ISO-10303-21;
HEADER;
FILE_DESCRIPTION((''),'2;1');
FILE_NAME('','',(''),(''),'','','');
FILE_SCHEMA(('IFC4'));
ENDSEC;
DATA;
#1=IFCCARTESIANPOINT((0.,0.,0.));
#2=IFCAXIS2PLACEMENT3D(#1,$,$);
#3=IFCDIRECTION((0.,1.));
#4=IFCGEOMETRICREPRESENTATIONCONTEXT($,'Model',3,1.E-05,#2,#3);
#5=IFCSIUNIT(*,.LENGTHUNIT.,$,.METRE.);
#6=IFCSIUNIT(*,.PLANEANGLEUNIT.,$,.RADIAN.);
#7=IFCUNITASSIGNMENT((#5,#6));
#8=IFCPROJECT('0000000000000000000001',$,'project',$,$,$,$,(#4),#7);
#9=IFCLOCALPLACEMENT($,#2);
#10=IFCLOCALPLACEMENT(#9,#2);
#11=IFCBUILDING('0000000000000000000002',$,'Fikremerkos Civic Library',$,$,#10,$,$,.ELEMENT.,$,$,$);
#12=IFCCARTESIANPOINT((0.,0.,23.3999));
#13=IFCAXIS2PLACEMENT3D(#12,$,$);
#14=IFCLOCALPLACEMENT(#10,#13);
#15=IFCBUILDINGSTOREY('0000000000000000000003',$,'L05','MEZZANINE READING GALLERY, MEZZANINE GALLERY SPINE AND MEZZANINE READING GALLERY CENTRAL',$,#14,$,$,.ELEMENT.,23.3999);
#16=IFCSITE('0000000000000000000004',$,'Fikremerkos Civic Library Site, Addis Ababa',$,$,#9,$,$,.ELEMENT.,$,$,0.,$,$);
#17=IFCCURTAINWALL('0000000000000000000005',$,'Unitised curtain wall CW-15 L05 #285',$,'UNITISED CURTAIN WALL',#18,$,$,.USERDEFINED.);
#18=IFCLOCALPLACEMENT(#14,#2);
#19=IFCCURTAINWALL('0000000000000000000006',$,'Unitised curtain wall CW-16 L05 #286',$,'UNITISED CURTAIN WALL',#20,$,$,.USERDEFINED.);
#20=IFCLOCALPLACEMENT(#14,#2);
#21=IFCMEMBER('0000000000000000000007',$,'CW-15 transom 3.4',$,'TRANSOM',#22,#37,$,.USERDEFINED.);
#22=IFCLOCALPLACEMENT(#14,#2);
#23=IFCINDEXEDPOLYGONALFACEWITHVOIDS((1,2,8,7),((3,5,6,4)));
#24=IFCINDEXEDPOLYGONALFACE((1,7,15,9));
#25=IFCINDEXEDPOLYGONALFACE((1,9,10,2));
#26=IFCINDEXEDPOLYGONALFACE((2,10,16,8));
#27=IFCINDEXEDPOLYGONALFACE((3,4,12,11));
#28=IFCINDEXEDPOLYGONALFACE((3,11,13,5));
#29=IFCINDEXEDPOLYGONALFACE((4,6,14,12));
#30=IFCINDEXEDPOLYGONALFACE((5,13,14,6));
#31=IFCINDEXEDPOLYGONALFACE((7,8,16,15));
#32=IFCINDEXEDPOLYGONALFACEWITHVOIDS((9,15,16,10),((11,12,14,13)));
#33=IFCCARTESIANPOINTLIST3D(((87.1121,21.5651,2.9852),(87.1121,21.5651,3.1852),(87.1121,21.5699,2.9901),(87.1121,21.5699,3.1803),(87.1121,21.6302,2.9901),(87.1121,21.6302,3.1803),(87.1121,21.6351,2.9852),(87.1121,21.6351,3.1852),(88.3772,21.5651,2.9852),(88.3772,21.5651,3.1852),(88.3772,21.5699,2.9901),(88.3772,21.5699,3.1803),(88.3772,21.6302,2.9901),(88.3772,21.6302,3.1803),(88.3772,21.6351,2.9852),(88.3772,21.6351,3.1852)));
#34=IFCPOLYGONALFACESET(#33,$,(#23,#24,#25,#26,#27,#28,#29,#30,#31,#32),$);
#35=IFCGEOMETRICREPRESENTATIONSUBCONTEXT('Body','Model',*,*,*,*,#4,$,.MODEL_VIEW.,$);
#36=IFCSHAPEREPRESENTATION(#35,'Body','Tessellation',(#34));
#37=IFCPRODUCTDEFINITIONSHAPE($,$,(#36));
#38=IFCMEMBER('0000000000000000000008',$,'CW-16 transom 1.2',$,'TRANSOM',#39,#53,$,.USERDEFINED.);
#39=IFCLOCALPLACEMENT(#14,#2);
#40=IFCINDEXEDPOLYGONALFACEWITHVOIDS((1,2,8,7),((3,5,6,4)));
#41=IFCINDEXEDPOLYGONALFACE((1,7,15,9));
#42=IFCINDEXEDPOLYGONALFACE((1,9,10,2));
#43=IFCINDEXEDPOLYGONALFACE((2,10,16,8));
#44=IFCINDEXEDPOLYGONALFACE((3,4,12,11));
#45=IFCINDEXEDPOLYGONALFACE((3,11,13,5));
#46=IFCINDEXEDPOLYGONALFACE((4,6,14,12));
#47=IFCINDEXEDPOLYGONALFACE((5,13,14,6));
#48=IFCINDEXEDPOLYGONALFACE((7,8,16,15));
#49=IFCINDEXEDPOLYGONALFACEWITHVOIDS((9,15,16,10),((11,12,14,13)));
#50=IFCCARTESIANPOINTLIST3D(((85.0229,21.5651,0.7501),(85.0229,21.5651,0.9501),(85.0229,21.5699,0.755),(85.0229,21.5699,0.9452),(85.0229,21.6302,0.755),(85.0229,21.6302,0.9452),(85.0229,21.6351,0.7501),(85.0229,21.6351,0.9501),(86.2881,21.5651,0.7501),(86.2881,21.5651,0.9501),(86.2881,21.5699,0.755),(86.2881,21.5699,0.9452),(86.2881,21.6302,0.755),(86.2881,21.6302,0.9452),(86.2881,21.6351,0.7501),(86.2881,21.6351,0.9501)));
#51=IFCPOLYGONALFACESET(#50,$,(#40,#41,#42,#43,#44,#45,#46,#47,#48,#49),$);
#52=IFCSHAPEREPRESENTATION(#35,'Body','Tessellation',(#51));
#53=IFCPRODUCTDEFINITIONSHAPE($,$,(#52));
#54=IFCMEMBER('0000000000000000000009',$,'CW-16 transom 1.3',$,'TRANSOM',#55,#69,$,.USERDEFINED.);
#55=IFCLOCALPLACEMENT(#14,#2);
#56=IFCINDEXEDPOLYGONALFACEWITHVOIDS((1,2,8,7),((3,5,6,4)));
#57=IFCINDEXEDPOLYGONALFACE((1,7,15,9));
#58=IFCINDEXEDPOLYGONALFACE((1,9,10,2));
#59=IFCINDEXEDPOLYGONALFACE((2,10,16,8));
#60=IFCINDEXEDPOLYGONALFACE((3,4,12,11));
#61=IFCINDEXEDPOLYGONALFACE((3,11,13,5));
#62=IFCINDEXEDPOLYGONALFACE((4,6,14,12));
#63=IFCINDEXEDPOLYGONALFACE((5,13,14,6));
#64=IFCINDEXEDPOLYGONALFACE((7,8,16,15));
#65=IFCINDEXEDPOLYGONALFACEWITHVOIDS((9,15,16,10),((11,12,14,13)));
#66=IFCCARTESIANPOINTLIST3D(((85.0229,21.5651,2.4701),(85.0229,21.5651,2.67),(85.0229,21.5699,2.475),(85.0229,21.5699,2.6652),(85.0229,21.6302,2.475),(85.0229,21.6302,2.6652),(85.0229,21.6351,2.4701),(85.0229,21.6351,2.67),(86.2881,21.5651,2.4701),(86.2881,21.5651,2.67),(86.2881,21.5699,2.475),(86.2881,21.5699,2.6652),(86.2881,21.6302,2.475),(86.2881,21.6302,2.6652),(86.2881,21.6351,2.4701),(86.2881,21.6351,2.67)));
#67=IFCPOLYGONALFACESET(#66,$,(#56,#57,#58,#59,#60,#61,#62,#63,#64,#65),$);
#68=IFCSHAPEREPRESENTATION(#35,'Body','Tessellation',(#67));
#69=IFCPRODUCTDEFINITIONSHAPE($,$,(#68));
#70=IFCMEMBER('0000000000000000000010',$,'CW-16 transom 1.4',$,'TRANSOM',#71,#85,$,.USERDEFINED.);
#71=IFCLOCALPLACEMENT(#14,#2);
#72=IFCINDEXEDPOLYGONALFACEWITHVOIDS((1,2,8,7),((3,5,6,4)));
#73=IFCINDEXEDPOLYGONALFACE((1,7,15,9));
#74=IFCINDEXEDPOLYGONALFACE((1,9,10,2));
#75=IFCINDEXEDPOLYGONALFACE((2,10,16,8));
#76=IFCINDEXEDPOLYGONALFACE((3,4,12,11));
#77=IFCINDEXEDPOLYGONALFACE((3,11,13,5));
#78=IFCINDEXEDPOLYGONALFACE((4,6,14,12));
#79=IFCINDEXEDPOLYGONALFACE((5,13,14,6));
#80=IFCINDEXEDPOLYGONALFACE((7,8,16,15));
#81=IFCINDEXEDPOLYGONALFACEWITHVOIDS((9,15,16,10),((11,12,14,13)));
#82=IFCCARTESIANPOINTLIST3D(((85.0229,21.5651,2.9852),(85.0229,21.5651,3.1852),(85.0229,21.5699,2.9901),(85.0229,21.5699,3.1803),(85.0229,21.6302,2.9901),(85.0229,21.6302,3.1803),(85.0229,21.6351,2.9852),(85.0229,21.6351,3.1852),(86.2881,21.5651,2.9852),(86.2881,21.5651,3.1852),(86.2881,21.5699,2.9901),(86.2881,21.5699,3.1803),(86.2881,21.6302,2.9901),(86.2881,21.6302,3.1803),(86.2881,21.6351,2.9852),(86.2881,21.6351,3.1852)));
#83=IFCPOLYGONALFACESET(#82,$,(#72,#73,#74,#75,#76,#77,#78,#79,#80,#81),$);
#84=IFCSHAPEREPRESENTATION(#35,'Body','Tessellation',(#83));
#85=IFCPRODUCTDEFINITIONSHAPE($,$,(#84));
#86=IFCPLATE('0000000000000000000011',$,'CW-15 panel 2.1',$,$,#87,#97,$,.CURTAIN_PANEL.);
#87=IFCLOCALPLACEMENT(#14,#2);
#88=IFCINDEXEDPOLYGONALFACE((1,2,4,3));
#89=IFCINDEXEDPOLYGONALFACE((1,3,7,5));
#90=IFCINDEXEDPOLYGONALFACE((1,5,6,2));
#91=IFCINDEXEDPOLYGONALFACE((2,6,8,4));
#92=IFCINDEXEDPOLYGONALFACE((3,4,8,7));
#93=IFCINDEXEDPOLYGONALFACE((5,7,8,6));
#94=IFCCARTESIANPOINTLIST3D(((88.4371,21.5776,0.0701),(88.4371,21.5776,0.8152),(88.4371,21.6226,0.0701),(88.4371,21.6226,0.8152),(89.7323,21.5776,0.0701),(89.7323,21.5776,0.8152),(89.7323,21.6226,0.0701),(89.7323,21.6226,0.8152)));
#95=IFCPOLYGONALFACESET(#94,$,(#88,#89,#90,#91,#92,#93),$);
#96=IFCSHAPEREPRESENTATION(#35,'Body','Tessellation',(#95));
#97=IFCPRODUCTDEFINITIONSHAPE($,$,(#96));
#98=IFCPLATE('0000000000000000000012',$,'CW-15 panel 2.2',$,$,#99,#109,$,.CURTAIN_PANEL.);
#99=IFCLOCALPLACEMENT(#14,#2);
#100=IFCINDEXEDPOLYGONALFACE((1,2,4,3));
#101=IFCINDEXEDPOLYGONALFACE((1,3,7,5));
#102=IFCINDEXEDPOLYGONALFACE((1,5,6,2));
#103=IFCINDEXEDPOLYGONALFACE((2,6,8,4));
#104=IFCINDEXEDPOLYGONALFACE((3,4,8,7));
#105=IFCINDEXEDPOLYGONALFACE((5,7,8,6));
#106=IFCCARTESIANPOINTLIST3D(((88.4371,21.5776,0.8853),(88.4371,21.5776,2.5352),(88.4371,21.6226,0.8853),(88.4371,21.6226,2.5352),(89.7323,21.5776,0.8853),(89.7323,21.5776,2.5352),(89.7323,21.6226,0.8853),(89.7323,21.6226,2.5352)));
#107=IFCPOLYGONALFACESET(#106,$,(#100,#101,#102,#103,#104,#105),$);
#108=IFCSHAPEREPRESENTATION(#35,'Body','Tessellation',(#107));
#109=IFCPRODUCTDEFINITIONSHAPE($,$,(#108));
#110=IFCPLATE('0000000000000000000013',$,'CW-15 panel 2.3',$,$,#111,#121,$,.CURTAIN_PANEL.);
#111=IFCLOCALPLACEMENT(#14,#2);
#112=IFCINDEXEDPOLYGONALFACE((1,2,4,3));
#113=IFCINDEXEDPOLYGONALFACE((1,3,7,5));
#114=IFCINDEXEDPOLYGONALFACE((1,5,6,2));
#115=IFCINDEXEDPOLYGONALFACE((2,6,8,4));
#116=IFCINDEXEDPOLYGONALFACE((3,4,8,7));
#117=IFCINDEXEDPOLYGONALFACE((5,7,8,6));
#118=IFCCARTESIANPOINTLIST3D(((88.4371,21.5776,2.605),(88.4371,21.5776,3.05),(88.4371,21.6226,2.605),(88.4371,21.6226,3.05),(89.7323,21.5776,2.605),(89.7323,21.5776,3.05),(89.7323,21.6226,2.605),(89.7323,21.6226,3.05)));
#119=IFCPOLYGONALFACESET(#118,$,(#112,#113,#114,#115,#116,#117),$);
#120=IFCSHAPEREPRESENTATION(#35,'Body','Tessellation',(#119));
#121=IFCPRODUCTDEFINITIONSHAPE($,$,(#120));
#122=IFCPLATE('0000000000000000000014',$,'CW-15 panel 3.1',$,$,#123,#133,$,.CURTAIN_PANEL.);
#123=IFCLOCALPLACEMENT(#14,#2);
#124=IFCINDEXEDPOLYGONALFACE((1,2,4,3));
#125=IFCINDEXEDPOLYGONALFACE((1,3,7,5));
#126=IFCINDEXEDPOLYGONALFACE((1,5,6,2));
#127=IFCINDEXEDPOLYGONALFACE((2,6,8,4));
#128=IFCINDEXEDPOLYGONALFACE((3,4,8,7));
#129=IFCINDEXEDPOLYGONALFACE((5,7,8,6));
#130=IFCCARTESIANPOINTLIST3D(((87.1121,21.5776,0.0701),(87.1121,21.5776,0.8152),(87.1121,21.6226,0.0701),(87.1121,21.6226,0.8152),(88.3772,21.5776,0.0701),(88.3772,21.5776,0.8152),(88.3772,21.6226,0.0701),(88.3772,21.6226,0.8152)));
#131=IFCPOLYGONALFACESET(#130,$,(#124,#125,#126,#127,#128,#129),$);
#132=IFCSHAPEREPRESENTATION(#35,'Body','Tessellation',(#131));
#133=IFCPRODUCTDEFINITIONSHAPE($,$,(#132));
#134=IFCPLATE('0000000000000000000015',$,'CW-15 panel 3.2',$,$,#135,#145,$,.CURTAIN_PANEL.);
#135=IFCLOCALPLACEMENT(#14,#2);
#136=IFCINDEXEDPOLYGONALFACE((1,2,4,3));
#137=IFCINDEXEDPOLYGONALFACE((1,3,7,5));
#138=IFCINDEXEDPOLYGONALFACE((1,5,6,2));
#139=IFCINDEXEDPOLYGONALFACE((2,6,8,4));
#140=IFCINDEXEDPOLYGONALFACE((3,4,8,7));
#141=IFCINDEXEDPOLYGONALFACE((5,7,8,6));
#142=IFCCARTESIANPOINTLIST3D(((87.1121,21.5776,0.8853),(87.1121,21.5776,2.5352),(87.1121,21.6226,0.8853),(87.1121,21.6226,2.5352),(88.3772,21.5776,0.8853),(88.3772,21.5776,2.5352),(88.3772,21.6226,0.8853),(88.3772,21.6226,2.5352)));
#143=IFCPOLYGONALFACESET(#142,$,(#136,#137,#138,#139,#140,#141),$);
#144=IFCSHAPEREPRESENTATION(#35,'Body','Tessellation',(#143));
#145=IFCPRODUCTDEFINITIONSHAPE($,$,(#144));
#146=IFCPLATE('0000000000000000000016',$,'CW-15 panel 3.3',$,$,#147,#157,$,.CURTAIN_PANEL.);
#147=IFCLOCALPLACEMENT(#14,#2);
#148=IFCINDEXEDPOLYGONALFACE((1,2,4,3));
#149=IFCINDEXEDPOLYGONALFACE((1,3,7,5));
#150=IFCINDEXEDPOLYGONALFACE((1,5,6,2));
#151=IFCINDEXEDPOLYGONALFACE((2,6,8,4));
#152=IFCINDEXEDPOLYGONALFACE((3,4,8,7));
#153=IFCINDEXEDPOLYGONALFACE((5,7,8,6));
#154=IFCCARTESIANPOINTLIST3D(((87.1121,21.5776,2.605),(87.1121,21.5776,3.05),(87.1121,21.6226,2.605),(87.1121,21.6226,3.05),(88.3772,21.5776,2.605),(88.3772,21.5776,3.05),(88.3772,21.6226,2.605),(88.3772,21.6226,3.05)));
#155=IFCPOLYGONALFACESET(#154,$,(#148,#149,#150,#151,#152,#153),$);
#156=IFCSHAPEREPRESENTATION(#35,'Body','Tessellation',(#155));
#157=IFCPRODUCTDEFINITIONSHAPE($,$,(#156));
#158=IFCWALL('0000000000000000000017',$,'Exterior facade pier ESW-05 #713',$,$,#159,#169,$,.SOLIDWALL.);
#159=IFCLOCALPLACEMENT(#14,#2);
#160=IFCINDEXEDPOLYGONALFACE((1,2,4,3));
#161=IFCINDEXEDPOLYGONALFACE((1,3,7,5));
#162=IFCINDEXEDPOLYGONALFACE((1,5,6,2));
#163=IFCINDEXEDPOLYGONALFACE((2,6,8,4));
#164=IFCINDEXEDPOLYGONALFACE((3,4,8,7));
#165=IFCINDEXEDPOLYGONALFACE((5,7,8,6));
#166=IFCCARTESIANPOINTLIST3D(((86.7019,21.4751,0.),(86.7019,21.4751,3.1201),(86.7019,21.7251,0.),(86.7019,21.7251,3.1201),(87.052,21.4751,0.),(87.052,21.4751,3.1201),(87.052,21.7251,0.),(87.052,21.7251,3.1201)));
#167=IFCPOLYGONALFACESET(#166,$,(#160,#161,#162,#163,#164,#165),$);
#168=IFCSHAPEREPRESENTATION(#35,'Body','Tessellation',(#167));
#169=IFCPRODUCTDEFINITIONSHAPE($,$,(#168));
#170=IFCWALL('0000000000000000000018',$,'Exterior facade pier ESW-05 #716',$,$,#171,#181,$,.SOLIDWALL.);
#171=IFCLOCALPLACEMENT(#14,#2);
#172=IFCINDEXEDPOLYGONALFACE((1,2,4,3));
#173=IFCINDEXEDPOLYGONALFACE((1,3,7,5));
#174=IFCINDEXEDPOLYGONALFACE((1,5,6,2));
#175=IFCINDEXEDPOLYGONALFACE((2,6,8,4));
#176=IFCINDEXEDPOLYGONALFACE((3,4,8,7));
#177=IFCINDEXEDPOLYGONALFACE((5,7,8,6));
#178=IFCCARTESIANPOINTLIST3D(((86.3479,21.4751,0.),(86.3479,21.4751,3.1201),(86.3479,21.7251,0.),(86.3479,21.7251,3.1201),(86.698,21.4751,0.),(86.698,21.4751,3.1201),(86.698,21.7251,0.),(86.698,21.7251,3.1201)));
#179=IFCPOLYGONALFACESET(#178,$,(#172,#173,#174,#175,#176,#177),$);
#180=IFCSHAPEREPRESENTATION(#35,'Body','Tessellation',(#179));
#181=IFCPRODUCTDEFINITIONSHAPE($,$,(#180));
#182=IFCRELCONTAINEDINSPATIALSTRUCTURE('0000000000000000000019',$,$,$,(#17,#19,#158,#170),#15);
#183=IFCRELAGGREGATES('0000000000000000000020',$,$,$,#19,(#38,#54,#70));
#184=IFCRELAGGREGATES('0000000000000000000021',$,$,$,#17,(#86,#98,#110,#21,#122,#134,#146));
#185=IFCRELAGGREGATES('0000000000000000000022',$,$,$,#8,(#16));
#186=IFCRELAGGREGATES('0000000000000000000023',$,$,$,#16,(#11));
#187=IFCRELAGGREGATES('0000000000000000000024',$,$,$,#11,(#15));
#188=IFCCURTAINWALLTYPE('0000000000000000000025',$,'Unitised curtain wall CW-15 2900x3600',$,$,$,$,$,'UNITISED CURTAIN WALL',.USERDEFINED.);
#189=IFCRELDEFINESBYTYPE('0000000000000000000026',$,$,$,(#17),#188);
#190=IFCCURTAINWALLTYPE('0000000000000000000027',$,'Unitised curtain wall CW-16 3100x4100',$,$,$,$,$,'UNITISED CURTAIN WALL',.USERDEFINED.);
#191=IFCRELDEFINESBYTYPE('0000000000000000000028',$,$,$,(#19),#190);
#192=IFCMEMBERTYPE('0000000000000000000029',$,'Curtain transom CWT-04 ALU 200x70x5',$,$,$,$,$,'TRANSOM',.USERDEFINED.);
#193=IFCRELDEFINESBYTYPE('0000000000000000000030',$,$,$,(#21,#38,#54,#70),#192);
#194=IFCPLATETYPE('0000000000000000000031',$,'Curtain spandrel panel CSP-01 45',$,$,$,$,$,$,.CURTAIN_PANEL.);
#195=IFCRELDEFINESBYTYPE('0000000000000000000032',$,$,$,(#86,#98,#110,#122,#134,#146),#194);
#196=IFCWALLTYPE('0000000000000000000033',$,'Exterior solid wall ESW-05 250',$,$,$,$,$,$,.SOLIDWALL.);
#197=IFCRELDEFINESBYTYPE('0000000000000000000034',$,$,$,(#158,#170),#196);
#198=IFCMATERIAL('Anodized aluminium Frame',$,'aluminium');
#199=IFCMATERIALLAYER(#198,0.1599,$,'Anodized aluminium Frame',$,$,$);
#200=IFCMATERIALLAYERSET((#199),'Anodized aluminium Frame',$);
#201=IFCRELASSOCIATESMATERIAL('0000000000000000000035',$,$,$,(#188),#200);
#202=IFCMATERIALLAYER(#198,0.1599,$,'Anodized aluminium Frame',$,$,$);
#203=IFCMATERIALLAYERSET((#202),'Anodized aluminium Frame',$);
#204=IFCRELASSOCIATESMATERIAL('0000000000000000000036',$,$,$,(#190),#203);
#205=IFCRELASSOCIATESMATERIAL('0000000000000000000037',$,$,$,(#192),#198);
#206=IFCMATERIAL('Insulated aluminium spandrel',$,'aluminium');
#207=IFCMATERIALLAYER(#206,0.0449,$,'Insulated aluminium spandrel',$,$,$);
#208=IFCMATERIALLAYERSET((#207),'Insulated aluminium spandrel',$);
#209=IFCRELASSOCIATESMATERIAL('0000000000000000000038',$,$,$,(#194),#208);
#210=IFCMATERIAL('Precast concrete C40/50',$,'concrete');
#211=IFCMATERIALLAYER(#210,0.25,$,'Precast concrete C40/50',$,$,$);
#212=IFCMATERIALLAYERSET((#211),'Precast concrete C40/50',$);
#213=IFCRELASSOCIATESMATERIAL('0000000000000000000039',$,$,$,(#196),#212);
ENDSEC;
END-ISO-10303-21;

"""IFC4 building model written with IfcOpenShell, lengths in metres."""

from ifc_helpers import new_model, si_unit, direction, frame, frame_2d, origin, origin_2d, place, context, subcontext, project, spatial, rectangle, hollow_rectangle, extrude, material, layer, layer_set, material_profile, profile_set, type_object, element, aggregate, save


model = new_model("IFC4")

# Units and contexts
model_context = context("Model", 3, precision=1e-05, world=origin(), true_north=direction((0.0, 1.0)))
body_context = subcontext(model_context, "Body", "Model", "MODEL_VIEW")
ifc_project = project(units=[si_unit("LENGTHUNIT", "METRE"), si_unit("PLANEANGLEUNIT", "RADIAN")], contexts=[model_context])

# Site, building, storey
site_placement = place(None, origin())
site = spatial("IfcSite", under=ifc_project, at=site_placement, Name="Fikremerkos Civic Library Site, Addis Ababa", CompositionType="ELEMENT", RefElevation=0.0)
building_placement = place(site_placement, origin())
building = spatial("IfcBuilding", under=site, at=building_placement, Name="Fikremerkos Civic Library", CompositionType="ELEMENT")
storey_placement = place(building_placement, frame((0.0, 0.0, 23.3999)))
storey = spatial("IfcBuildingStorey", under=building, at=storey_placement, Name="L05", Description="MEZZANINE READING GALLERY, MEZZANINE GALLERY SPINE AND MEZZANINE READING GALLERY CENTRAL", CompositionType="ELEMENT", Elevation=23.3999)

# Curtain wall
ifc_material_1 = material(Name="Anodized aluminium Frame", Category="aluminium")
ifc_layer_1 = layer(ifc_material_1, 0.1599, Name="Anodized aluminium Frame")
ifc_layer_set_1 = layer_set([ifc_layer_1], Name="Anodized aluminium Frame")
curtain_wall_type_1 = type_object("IfcCurtainWallType", Name="Unitised curtain wall CW-15 2900x3600", ElementType="UNITISED CURTAIN WALL", PredefinedType="USERDEFINED", material=ifc_layer_set_1)
curtain_wall_1_placement = place(storey_placement, origin())
curtain_wall_1 = element("IfcCurtainWall", 1, at=curtain_wall_1_placement, inside=storey, type_object=curtain_wall_type_1, Name="Unitised curtain wall CW-15 L05 #285", ObjectType="UNITISED CURTAIN WALL", PredefinedType="USERDEFINED")

# Curtain wall
ifc_layer_2 = layer(ifc_material_1, 0.1599, Name="Anodized aluminium Frame")
ifc_layer_set_2 = layer_set([ifc_layer_2], Name="Anodized aluminium Frame")
curtain_wall_type_2 = type_object("IfcCurtainWallType", Name="Unitised curtain wall CW-16 3100x4100", ElementType="UNITISED CURTAIN WALL", PredefinedType="USERDEFINED", material=ifc_layer_set_2)
curtain_wall_2_placement = place(storey_placement, origin())
curtain_wall_2 = element("IfcCurtainWall", 2, at=curtain_wall_2_placement, inside=storey, type_object=curtain_wall_type_2, Name="Unitised curtain wall CW-16 L05 #286", ObjectType="UNITISED CURTAIN WALL", PredefinedType="USERDEFINED")

# Members
ifc_material_profile_1 = material_profile(ifc_material_1, hollow_rectangle(XDim=0.0701, YDim=0.2, WallThickness=0.0049, at=origin_2d()), Name="ALU 200x70x5")
ifc_profile_set_1 = profile_set([ifc_material_profile_1], Name="Anodized aluminium Frame")
member_type_1 = type_object("IfcMemberType", Name="Curtain transom CWT-04 ALU 200x70x5", ElementType="TRANSOM", PredefinedType="USERDEFINED", material=ifc_profile_set_1)
member_1_placement = place(storey_placement, frame((88.3772, 21.6001, 3.0852), z_axis=(-1.0, 0.0, 0.0), x_axis=(0.0, -1.0, 0.0)))
member_1 = element("IfcMember", 3, at=member_1_placement, type_object=member_type_1, Name="CW-15 transom 3.4", ObjectType="TRANSOM", PredefinedType="USERDEFINED", context=body_context, shape_type="SweptSolid", body=[
    extrude(hollow_rectangle(XDim=0.0701, YDim=0.2, WallThickness=0.0049, at=origin_2d()), origin(), (0.0, 0.0, 1.0), 1.2651),
])
member_2_placement = place(storey_placement, frame((86.2881, 21.6001, 0.8501), z_axis=(-1.0, 0.0, 0.0), x_axis=(0.0, -1.0, 0.0)))
member_2 = element("IfcMember", 4, at=member_2_placement, type_object=member_type_1, Name="CW-16 transom 1.2", ObjectType="TRANSOM", PredefinedType="USERDEFINED", context=body_context, shape_type="SweptSolid", body=[
    extrude(hollow_rectangle(XDim=0.0701, YDim=0.2, WallThickness=0.0049, at=origin_2d()), origin(), (0.0, 0.0, 1.0), 1.2651),
])
member_3_placement = place(storey_placement, frame((86.2881, 21.6001, 2.5701), z_axis=(-1.0, 0.0, 0.0), x_axis=(0.0, -1.0, 0.0)))
member_3 = element("IfcMember", 5, at=member_3_placement, type_object=member_type_1, Name="CW-16 transom 1.3", ObjectType="TRANSOM", PredefinedType="USERDEFINED", context=body_context, shape_type="SweptSolid", body=[
    extrude(hollow_rectangle(XDim=0.0701, YDim=0.2, WallThickness=0.0049, at=origin_2d()), origin(), (0.0, 0.0, 1.0), 1.2651),
])
member_4_placement = place(storey_placement, frame((86.2881, 21.6001, 3.0852), z_axis=(-1.0, 0.0, 0.0), x_axis=(0.0, -1.0, 0.0)))
member_4 = element("IfcMember", 6, at=member_4_placement, type_object=member_type_1, Name="CW-16 transom 1.4", ObjectType="TRANSOM", PredefinedType="USERDEFINED", context=body_context, shape_type="SweptSolid", body=[
    extrude(hollow_rectangle(XDim=0.0701, YDim=0.2, WallThickness=0.0049, at=origin_2d()), origin(), (0.0, 0.0, 1.0), 1.2651),
])
aggregate(curtain_wall_2, [member_2, member_3, member_4])

# Plates
ifc_material_2 = material(Name="Insulated aluminium spandrel", Category="aluminium")
ifc_layer_3 = layer(ifc_material_2, 0.0449, Name="Insulated aluminium spandrel")
ifc_layer_set_3 = layer_set([ifc_layer_3], Name="Insulated aluminium spandrel")
plate_type = type_object("IfcPlateType", Name="Curtain spandrel panel CSP-01 45", PredefinedType="CURTAIN_PANEL", material=ifc_layer_set_3)
plate_1_placement = place(storey_placement, frame((89.0847, 21.6001, 0.0701), z_axis=(0.0, 0.0, 1.0), x_axis=(-1.0, 0.0, 0.0)))
plate_1 = element("IfcPlate", 7, at=plate_1_placement, type_object=plate_type, Name="CW-15 panel 2.1", PredefinedType="CURTAIN_PANEL", context=body_context, shape_type="SweptSolid", body=[
    extrude(rectangle(XDim=1.2952, YDim=0.0449, at=origin_2d()), origin(), (0.0, 0.0, 1.0), 0.7451),
])
plate_2_placement = place(storey_placement, frame((89.0847, 21.6001, 0.8853), z_axis=(0.0, 0.0, 1.0), x_axis=(-1.0, 0.0, 0.0)))
plate_2 = element("IfcPlate", 8, at=plate_2_placement, type_object=plate_type, Name="CW-15 panel 2.2", PredefinedType="CURTAIN_PANEL", context=body_context, shape_type="SweptSolid", body=[
    extrude(rectangle(XDim=1.2952, YDim=0.0449, at=origin_2d()), origin(), (0.0, 0.0, 1.0), 1.6499),
])
plate_3_placement = place(storey_placement, frame((89.0847, 21.6001, 2.605), z_axis=(0.0, 0.0, 1.0), x_axis=(-1.0, 0.0, 0.0)))
plate_3 = element("IfcPlate", 9, at=plate_3_placement, type_object=plate_type, Name="CW-15 panel 2.3", PredefinedType="CURTAIN_PANEL", context=body_context, shape_type="SweptSolid", body=[
    extrude(rectangle(XDim=1.2952, YDim=0.0449, at=origin_2d()), origin(), (0.0, 0.0, 1.0), 0.4451),
])
plate_4_placement = place(storey_placement, frame((87.7446, 21.6001, 0.0701), z_axis=(0.0, 0.0, 1.0), x_axis=(-1.0, 0.0, 0.0)))
plate_4 = element("IfcPlate", 10, at=plate_4_placement, type_object=plate_type, Name="CW-15 panel 3.1", PredefinedType="CURTAIN_PANEL", context=body_context, shape_type="SweptSolid", body=[
    extrude(rectangle(XDim=1.2651, YDim=0.0449, at=origin_2d()), origin(), (0.0, 0.0, 1.0), 0.7451),
])
plate_5_placement = place(storey_placement, frame((87.7446, 21.6001, 0.8853), z_axis=(0.0, 0.0, 1.0), x_axis=(-1.0, 0.0, 0.0)))
plate_5 = element("IfcPlate", 11, at=plate_5_placement, type_object=plate_type, Name="CW-15 panel 3.2", PredefinedType="CURTAIN_PANEL", context=body_context, shape_type="SweptSolid", body=[
    extrude(rectangle(XDim=1.2651, YDim=0.0449, at=origin_2d()), origin(), (0.0, 0.0, 1.0), 1.6499),
])
plate_6_placement = place(storey_placement, frame((87.7446, 21.6001, 2.605), z_axis=(0.0, 0.0, 1.0), x_axis=(-1.0, 0.0, 0.0)))
plate_6 = element("IfcPlate", 12, at=plate_6_placement, type_object=plate_type, Name="CW-15 panel 3.3", PredefinedType="CURTAIN_PANEL", context=body_context, shape_type="SweptSolid", body=[
    extrude(rectangle(XDim=1.2651, YDim=0.0449, at=origin_2d()), origin(), (0.0, 0.0, 1.0), 0.4451),
])
aggregate(curtain_wall_1, [plate_1, plate_2, plate_3, member_1, plate_4, plate_5, plate_6])

# Walls
ifc_material_3 = material(Name="Precast concrete C40/50", Category="concrete")
ifc_layer_4 = layer(ifc_material_3, 0.25, Name="Precast concrete C40/50")
ifc_layer_set_4 = layer_set([ifc_layer_4], Name="Precast concrete C40/50")
wall_type = type_object("IfcWallType", Name="Exterior solid wall ESW-05 250", PredefinedType="SOLIDWALL", material=ifc_layer_set_4)
for number, where, z_axis, x_axis, name in (
    (13, (87.052, 21.6001, 0.0), (0.0, 0.0, 1.0), (-1.0, 0.0, 0.0), "Exterior facade pier ESW-05 #713"),
    (14, (86.698, 21.6001, 0.0), (0.0, 0.0, 1.0), (-1.0, 0.0, 0.0), "Exterior facade pier ESW-05 #716"),
):
    element("IfcWall", number, at=place(storey_placement, frame(where, z_axis=z_axis, x_axis=x_axis)), inside=storey, type_object=wall_type, Name=name, PredefinedType="SOLIDWALL", context=body_context, shape_type="SweptSolid", body=[
        extrude(rectangle(XDim=0.3501, YDim=0.25, at=frame_2d((0.175, 0.0))), origin(), (0.0, 0.0, 1.0), 3.1201),
    ])

save(model, "model.ifc")
